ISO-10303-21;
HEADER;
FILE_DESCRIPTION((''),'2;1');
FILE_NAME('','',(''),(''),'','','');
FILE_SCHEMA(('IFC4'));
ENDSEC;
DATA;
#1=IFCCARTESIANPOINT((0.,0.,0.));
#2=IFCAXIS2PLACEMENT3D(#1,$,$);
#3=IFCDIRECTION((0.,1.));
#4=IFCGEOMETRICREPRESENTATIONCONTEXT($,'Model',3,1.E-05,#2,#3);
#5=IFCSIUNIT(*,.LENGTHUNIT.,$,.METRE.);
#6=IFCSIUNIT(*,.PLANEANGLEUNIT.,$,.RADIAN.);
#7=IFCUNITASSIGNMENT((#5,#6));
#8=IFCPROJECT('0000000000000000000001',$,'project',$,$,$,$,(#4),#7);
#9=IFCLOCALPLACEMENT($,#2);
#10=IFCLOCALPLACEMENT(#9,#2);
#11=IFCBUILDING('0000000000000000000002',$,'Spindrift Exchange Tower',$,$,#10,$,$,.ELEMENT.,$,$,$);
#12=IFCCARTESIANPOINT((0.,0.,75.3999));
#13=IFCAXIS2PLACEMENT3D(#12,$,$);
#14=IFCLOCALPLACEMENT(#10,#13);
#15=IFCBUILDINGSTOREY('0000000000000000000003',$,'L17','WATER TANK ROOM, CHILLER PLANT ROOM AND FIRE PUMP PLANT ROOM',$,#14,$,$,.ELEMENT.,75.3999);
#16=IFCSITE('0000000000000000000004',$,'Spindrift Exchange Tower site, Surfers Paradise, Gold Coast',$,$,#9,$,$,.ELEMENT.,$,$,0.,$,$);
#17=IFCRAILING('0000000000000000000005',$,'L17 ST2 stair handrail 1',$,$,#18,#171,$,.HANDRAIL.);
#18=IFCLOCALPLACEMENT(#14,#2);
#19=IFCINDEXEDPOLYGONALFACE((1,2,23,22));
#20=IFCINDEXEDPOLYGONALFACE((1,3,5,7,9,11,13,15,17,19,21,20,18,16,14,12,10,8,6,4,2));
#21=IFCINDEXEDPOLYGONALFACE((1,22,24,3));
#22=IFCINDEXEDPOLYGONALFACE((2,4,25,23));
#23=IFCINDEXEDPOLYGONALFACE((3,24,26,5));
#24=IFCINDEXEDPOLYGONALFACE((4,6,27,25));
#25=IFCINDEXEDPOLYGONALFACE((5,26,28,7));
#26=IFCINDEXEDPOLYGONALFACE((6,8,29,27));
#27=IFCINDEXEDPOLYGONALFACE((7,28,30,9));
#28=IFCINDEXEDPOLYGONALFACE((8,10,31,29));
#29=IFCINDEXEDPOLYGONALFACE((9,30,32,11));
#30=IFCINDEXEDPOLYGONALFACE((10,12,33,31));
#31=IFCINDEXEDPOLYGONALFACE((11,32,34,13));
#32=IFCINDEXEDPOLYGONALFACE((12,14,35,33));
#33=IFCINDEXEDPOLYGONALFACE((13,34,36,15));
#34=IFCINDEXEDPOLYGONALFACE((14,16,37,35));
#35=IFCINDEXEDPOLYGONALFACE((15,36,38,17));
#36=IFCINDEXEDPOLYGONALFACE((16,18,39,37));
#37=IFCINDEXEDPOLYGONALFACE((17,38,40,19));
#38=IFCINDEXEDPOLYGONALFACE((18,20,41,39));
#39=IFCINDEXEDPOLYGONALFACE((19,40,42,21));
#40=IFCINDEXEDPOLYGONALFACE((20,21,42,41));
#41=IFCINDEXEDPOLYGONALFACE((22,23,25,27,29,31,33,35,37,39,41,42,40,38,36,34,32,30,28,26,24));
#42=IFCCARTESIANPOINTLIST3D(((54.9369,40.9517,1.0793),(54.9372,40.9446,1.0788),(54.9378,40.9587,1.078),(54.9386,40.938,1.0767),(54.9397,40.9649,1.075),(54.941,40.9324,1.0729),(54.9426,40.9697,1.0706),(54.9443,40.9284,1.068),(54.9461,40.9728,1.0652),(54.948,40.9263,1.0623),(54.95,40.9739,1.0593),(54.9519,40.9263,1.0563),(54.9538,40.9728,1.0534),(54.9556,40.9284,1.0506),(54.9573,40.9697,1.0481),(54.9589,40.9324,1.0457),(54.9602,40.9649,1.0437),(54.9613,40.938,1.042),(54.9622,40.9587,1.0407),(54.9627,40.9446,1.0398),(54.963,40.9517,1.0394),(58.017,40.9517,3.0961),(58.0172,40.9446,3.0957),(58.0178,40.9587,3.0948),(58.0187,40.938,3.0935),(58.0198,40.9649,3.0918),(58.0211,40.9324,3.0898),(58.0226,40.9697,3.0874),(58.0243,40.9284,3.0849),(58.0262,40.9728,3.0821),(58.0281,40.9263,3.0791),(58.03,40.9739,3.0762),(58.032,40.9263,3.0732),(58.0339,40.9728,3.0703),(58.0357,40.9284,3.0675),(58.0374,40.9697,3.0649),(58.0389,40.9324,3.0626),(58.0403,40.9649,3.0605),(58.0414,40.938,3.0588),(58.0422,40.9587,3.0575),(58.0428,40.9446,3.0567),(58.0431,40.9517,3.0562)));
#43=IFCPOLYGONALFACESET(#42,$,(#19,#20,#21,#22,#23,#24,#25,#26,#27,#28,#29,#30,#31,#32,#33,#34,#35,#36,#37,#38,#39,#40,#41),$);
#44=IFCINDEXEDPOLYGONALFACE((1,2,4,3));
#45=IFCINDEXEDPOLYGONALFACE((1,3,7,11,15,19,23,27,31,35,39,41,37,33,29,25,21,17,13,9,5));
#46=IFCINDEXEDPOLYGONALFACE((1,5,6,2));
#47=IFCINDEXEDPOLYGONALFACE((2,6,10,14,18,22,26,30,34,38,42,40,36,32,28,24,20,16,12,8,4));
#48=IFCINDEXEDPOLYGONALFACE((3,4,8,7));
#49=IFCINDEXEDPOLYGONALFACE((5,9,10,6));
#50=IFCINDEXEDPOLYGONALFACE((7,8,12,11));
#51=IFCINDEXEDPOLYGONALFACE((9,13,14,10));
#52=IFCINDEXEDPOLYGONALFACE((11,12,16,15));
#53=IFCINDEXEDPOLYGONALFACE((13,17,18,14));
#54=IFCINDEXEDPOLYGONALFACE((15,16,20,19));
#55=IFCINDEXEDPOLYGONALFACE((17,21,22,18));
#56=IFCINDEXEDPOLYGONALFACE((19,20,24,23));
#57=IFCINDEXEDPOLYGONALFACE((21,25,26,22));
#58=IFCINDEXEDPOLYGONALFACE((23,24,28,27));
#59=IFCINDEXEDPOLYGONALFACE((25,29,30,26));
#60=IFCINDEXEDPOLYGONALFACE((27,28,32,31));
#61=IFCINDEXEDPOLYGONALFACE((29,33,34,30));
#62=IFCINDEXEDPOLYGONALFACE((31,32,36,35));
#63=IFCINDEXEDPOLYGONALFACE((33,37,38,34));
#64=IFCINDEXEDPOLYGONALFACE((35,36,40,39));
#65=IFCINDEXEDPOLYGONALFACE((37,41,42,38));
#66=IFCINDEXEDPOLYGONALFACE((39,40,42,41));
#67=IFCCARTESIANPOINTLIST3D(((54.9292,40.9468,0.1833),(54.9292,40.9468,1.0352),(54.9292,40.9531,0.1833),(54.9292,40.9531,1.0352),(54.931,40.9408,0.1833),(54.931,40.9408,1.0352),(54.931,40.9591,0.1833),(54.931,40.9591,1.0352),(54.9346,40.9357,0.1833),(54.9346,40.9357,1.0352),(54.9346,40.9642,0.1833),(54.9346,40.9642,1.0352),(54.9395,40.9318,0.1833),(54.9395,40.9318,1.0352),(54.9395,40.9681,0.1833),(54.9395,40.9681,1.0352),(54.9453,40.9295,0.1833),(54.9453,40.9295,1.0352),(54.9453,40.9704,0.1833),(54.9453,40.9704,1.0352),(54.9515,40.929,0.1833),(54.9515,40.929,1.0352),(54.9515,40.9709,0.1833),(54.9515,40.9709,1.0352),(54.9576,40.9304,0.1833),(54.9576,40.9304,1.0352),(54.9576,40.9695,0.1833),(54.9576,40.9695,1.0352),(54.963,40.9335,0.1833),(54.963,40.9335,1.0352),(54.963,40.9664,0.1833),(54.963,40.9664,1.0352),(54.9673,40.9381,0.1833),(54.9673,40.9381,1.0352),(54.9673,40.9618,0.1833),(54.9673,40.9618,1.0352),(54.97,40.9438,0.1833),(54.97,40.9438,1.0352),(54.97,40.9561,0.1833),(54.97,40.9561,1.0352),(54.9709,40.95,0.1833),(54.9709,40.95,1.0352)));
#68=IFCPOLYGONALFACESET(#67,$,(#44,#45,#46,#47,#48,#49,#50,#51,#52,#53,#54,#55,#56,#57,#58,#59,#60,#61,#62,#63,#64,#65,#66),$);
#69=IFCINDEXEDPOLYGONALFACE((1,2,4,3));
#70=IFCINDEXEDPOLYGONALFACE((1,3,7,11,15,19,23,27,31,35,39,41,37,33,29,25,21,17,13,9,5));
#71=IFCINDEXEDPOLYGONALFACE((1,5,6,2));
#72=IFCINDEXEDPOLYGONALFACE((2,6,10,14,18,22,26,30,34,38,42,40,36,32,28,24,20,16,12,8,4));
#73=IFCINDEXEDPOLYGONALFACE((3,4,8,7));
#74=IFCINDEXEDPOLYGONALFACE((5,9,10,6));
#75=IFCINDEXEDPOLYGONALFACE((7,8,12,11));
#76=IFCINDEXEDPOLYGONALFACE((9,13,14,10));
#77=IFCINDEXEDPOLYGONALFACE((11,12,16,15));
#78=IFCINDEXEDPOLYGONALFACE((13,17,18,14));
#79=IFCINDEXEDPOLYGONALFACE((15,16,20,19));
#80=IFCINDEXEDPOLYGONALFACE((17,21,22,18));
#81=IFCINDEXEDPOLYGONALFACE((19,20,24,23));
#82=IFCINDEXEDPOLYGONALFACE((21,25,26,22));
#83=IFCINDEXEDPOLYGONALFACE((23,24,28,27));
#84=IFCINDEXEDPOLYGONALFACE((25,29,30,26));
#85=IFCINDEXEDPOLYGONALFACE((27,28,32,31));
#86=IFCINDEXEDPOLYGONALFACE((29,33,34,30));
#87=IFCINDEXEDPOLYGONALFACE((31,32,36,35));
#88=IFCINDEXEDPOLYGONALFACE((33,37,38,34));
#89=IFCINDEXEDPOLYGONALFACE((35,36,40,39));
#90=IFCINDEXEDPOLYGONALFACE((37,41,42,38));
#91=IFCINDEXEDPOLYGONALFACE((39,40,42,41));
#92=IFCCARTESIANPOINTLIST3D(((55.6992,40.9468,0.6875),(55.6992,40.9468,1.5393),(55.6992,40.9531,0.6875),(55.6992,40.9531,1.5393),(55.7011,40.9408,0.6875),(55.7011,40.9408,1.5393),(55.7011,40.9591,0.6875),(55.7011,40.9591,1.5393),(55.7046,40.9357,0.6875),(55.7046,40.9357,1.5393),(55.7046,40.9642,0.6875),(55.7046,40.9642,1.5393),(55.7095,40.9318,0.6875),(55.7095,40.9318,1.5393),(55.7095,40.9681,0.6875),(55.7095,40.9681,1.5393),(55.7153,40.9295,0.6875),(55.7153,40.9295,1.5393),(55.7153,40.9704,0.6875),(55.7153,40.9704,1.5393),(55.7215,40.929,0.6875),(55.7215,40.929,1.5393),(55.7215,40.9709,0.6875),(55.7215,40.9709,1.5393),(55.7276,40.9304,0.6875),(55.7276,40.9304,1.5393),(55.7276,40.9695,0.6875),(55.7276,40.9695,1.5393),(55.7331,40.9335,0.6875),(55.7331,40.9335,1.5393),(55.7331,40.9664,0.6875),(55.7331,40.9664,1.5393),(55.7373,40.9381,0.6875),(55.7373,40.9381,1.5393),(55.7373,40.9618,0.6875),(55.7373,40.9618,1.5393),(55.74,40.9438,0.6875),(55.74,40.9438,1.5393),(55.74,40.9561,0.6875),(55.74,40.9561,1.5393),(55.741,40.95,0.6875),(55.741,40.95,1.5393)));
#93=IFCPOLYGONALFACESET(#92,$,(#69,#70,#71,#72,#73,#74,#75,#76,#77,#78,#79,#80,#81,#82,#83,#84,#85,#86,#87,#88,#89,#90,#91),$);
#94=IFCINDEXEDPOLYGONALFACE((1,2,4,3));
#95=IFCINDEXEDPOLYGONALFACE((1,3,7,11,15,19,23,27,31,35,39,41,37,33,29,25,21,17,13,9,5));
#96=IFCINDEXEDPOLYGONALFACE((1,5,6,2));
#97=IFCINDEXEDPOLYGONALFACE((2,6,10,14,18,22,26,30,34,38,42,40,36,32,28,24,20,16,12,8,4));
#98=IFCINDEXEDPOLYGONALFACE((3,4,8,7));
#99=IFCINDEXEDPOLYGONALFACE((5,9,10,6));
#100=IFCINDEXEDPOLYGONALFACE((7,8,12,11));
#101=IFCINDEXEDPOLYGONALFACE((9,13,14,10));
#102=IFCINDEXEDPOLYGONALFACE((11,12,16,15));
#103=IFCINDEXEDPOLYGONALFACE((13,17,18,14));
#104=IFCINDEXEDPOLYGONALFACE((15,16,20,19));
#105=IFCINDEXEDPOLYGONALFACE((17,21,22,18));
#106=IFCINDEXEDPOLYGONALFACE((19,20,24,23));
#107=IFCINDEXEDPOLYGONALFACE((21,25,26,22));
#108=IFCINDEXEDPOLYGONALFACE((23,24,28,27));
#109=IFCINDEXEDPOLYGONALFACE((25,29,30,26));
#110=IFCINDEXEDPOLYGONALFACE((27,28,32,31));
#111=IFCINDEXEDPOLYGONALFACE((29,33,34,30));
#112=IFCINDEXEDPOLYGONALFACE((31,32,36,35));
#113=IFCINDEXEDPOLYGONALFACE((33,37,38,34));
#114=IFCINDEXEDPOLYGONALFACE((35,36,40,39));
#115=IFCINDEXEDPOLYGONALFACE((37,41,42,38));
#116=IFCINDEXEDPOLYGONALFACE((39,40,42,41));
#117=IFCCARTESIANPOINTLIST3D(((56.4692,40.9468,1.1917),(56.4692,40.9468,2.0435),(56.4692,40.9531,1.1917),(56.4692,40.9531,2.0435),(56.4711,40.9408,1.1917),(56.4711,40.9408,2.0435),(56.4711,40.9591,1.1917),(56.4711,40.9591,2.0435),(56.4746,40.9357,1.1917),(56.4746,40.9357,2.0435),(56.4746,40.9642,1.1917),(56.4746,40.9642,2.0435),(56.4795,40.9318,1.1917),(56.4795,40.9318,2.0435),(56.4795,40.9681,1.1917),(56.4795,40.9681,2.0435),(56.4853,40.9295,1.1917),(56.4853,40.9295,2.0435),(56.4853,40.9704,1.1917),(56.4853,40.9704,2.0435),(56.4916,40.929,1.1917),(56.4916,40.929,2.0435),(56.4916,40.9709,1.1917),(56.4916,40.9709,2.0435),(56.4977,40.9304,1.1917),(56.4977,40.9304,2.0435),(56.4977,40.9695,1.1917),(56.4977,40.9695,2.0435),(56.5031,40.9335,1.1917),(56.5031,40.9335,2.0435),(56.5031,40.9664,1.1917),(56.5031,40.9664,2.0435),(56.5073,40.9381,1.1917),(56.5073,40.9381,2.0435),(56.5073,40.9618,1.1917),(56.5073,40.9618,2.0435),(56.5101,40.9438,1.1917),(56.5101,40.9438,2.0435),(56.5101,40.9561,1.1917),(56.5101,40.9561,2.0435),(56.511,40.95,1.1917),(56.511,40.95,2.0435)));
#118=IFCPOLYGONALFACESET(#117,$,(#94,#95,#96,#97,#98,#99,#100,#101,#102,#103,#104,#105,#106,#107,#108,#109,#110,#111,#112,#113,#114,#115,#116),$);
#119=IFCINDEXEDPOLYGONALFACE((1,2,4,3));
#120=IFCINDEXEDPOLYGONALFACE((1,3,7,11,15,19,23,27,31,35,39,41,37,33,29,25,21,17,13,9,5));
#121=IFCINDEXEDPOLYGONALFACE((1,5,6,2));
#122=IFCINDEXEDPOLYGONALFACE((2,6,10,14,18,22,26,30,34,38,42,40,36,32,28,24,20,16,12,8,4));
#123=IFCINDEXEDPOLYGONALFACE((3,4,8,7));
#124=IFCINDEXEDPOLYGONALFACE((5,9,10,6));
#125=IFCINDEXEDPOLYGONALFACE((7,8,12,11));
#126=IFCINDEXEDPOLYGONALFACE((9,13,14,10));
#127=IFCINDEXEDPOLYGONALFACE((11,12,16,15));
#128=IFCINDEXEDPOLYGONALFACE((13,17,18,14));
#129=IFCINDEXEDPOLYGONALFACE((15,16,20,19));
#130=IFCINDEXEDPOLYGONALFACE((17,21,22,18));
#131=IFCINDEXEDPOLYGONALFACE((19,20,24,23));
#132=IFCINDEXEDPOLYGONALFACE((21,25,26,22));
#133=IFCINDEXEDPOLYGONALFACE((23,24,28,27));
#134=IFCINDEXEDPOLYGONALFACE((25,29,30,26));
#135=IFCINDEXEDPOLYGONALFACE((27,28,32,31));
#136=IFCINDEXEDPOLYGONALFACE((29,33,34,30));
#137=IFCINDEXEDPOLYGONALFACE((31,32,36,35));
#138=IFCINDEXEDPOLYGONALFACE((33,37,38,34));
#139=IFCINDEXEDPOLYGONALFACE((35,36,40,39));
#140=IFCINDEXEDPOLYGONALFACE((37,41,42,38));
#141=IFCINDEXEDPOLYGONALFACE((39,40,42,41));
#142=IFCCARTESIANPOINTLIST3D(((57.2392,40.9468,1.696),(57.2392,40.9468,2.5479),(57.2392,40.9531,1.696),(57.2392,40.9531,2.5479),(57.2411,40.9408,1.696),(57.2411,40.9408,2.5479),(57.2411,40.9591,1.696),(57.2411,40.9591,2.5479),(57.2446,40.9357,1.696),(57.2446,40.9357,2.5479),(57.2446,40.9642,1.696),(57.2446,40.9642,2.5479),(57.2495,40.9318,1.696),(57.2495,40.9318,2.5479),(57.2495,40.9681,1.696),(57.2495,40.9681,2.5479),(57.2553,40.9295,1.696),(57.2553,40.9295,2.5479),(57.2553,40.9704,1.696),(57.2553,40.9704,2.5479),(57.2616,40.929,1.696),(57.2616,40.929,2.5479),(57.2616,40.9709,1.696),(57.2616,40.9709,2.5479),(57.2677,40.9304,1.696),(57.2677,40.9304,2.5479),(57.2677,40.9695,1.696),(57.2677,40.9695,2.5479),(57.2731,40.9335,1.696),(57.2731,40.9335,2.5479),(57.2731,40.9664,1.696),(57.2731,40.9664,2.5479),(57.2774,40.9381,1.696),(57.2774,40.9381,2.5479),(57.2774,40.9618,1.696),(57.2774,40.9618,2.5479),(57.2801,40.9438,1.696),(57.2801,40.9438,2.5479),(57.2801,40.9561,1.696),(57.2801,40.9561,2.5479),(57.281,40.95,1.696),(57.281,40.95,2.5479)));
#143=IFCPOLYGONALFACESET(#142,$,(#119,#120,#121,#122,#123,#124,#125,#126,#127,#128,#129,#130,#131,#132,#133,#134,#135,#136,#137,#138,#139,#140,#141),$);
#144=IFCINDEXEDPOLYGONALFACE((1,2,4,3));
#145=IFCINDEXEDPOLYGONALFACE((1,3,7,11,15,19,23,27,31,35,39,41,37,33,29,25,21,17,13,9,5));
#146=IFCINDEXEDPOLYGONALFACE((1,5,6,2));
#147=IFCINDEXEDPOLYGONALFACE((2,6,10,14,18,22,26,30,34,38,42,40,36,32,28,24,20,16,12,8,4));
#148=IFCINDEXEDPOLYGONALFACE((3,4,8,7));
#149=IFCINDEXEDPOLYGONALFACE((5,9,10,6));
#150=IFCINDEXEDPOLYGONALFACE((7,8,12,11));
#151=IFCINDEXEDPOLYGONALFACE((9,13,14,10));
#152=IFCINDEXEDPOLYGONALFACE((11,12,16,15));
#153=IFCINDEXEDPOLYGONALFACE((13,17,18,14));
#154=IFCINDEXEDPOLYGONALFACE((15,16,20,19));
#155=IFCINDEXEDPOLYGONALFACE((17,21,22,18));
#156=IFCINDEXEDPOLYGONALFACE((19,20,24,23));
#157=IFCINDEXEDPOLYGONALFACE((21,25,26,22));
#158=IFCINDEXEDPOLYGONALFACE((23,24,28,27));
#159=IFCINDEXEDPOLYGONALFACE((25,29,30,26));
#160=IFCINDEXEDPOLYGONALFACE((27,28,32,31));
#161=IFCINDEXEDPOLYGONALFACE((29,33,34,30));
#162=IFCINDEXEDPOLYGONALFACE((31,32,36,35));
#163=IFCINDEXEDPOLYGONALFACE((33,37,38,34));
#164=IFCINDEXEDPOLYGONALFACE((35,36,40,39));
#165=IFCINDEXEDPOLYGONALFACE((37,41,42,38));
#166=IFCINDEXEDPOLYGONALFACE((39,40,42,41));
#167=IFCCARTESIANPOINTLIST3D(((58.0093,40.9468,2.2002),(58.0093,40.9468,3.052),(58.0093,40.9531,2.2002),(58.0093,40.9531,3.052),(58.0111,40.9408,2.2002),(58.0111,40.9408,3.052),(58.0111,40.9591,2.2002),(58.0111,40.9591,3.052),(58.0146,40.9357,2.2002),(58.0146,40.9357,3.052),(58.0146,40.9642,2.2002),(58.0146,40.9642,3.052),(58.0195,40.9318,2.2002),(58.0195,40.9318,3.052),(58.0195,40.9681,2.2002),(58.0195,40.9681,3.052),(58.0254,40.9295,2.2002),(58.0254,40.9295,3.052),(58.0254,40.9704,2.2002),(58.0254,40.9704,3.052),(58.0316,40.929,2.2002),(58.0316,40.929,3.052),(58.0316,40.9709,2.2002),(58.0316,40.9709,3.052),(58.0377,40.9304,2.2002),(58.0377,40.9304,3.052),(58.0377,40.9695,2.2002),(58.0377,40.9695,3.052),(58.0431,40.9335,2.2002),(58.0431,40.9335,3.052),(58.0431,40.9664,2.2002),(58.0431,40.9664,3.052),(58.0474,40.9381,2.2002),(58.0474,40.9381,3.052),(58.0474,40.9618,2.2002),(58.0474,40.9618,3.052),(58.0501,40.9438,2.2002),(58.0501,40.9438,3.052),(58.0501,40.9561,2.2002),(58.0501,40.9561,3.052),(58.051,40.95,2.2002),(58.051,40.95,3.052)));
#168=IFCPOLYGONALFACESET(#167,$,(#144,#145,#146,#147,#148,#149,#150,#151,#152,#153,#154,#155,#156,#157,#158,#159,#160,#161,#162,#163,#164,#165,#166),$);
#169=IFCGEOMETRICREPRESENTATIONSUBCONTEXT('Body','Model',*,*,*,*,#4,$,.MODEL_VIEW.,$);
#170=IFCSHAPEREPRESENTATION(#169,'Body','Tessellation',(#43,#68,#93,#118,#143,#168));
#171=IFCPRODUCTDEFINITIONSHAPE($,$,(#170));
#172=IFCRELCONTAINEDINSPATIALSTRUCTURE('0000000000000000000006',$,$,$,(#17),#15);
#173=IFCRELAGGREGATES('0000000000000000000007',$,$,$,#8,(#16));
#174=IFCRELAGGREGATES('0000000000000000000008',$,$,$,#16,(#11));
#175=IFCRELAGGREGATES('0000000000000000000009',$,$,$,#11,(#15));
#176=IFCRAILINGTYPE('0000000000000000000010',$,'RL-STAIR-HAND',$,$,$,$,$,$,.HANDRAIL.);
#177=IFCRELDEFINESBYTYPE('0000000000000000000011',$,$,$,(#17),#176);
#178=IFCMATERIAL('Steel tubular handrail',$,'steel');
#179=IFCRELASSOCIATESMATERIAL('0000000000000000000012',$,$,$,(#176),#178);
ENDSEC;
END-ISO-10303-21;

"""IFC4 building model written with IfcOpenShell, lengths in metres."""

from ifc_helpers import new_model, si_unit, direction, frame, origin, origin_2d, place, context, subcontext, project, spatial, circle, extrude, material, type_object, element, save


model = new_model("IFC4")

# Units and contexts
model_context = context("Model", 3, precision=1e-05, world=origin(), true_north=direction((0.0, 1.0)))
body_context = subcontext(model_context, "Body", "Model", "MODEL_VIEW")
ifc_project = project(units=[si_unit("LENGTHUNIT", "METRE"), si_unit("PLANEANGLEUNIT", "RADIAN")], contexts=[model_context])

# Site, building, storey
site_placement = place(None, origin())
site = spatial("IfcSite", under=ifc_project, at=site_placement, Name="Spindrift Exchange Tower site, Surfers Paradise, Gold Coast", CompositionType="ELEMENT", RefElevation=0.0)
building_placement = place(site_placement, origin())
building = spatial("IfcBuilding", under=site, at=building_placement, Name="Spindrift Exchange Tower", CompositionType="ELEMENT")
storey_placement = place(building_placement, frame((0.0, 0.0, 75.3999)))
storey = spatial("IfcBuildingStorey", under=building, at=storey_placement, Name="L17", Description="WATER TANK ROOM, CHILLER PLANT ROOM AND FIRE PUMP PLANT ROOM", CompositionType="ELEMENT", Elevation=75.3999)

# Railing
ifc_material_1 = material(Name="Steel tubular handrail", Category="steel")
railing_type_1 = type_object("IfcRailingType", Name="RL-STAIR-HAND", PredefinedType="HANDRAIL", material=ifc_material_1)
railing_1_placement = place(storey_placement, frame((54.95, 40.95, 0.1833)))
element("IfcRailing", 1, at=railing_1_placement, inside=storey, type_object=railing_type_1, Name="L17 ST2 stair handrail 1", PredefinedType="HANDRAIL", context=body_context, shape_type="SweptSolid", body=[
    extrude(circle(Radius=0.0239, at=origin_2d()), frame((0.0, 0.0, 0.876), z_axis=(0.836603, 0.0, 0.54781), x_axis=(0.0, 1.0, 0.0)), (0.0, 0.0, 1.0), 3.6816),
    extrude(circle(Radius=0.021, at=origin_2d()), origin(), (0.0, 0.0, 1.0), 0.8518),
    extrude(circle(Radius=0.021, at=origin_2d()), frame((0.77, 0.0, 0.5042)), (0.0, 0.0, 1.0), 0.8518),
    extrude(circle(Radius=0.021, at=origin_2d()), frame((1.54, 0.0, 1.0083)), (0.0, 0.0, 1.0), 0.8518),
    extrude(circle(Radius=0.021, at=origin_2d()), frame((2.3101, 0.0, 1.5127)), (0.0, 0.0, 1.0), 0.8518),
    extrude(circle(Radius=0.021, at=origin_2d()), frame((3.0801, 0.0, 2.0168)), (0.0, 0.0, 1.0), 0.8518),
])

save(model, "model.ifc")
